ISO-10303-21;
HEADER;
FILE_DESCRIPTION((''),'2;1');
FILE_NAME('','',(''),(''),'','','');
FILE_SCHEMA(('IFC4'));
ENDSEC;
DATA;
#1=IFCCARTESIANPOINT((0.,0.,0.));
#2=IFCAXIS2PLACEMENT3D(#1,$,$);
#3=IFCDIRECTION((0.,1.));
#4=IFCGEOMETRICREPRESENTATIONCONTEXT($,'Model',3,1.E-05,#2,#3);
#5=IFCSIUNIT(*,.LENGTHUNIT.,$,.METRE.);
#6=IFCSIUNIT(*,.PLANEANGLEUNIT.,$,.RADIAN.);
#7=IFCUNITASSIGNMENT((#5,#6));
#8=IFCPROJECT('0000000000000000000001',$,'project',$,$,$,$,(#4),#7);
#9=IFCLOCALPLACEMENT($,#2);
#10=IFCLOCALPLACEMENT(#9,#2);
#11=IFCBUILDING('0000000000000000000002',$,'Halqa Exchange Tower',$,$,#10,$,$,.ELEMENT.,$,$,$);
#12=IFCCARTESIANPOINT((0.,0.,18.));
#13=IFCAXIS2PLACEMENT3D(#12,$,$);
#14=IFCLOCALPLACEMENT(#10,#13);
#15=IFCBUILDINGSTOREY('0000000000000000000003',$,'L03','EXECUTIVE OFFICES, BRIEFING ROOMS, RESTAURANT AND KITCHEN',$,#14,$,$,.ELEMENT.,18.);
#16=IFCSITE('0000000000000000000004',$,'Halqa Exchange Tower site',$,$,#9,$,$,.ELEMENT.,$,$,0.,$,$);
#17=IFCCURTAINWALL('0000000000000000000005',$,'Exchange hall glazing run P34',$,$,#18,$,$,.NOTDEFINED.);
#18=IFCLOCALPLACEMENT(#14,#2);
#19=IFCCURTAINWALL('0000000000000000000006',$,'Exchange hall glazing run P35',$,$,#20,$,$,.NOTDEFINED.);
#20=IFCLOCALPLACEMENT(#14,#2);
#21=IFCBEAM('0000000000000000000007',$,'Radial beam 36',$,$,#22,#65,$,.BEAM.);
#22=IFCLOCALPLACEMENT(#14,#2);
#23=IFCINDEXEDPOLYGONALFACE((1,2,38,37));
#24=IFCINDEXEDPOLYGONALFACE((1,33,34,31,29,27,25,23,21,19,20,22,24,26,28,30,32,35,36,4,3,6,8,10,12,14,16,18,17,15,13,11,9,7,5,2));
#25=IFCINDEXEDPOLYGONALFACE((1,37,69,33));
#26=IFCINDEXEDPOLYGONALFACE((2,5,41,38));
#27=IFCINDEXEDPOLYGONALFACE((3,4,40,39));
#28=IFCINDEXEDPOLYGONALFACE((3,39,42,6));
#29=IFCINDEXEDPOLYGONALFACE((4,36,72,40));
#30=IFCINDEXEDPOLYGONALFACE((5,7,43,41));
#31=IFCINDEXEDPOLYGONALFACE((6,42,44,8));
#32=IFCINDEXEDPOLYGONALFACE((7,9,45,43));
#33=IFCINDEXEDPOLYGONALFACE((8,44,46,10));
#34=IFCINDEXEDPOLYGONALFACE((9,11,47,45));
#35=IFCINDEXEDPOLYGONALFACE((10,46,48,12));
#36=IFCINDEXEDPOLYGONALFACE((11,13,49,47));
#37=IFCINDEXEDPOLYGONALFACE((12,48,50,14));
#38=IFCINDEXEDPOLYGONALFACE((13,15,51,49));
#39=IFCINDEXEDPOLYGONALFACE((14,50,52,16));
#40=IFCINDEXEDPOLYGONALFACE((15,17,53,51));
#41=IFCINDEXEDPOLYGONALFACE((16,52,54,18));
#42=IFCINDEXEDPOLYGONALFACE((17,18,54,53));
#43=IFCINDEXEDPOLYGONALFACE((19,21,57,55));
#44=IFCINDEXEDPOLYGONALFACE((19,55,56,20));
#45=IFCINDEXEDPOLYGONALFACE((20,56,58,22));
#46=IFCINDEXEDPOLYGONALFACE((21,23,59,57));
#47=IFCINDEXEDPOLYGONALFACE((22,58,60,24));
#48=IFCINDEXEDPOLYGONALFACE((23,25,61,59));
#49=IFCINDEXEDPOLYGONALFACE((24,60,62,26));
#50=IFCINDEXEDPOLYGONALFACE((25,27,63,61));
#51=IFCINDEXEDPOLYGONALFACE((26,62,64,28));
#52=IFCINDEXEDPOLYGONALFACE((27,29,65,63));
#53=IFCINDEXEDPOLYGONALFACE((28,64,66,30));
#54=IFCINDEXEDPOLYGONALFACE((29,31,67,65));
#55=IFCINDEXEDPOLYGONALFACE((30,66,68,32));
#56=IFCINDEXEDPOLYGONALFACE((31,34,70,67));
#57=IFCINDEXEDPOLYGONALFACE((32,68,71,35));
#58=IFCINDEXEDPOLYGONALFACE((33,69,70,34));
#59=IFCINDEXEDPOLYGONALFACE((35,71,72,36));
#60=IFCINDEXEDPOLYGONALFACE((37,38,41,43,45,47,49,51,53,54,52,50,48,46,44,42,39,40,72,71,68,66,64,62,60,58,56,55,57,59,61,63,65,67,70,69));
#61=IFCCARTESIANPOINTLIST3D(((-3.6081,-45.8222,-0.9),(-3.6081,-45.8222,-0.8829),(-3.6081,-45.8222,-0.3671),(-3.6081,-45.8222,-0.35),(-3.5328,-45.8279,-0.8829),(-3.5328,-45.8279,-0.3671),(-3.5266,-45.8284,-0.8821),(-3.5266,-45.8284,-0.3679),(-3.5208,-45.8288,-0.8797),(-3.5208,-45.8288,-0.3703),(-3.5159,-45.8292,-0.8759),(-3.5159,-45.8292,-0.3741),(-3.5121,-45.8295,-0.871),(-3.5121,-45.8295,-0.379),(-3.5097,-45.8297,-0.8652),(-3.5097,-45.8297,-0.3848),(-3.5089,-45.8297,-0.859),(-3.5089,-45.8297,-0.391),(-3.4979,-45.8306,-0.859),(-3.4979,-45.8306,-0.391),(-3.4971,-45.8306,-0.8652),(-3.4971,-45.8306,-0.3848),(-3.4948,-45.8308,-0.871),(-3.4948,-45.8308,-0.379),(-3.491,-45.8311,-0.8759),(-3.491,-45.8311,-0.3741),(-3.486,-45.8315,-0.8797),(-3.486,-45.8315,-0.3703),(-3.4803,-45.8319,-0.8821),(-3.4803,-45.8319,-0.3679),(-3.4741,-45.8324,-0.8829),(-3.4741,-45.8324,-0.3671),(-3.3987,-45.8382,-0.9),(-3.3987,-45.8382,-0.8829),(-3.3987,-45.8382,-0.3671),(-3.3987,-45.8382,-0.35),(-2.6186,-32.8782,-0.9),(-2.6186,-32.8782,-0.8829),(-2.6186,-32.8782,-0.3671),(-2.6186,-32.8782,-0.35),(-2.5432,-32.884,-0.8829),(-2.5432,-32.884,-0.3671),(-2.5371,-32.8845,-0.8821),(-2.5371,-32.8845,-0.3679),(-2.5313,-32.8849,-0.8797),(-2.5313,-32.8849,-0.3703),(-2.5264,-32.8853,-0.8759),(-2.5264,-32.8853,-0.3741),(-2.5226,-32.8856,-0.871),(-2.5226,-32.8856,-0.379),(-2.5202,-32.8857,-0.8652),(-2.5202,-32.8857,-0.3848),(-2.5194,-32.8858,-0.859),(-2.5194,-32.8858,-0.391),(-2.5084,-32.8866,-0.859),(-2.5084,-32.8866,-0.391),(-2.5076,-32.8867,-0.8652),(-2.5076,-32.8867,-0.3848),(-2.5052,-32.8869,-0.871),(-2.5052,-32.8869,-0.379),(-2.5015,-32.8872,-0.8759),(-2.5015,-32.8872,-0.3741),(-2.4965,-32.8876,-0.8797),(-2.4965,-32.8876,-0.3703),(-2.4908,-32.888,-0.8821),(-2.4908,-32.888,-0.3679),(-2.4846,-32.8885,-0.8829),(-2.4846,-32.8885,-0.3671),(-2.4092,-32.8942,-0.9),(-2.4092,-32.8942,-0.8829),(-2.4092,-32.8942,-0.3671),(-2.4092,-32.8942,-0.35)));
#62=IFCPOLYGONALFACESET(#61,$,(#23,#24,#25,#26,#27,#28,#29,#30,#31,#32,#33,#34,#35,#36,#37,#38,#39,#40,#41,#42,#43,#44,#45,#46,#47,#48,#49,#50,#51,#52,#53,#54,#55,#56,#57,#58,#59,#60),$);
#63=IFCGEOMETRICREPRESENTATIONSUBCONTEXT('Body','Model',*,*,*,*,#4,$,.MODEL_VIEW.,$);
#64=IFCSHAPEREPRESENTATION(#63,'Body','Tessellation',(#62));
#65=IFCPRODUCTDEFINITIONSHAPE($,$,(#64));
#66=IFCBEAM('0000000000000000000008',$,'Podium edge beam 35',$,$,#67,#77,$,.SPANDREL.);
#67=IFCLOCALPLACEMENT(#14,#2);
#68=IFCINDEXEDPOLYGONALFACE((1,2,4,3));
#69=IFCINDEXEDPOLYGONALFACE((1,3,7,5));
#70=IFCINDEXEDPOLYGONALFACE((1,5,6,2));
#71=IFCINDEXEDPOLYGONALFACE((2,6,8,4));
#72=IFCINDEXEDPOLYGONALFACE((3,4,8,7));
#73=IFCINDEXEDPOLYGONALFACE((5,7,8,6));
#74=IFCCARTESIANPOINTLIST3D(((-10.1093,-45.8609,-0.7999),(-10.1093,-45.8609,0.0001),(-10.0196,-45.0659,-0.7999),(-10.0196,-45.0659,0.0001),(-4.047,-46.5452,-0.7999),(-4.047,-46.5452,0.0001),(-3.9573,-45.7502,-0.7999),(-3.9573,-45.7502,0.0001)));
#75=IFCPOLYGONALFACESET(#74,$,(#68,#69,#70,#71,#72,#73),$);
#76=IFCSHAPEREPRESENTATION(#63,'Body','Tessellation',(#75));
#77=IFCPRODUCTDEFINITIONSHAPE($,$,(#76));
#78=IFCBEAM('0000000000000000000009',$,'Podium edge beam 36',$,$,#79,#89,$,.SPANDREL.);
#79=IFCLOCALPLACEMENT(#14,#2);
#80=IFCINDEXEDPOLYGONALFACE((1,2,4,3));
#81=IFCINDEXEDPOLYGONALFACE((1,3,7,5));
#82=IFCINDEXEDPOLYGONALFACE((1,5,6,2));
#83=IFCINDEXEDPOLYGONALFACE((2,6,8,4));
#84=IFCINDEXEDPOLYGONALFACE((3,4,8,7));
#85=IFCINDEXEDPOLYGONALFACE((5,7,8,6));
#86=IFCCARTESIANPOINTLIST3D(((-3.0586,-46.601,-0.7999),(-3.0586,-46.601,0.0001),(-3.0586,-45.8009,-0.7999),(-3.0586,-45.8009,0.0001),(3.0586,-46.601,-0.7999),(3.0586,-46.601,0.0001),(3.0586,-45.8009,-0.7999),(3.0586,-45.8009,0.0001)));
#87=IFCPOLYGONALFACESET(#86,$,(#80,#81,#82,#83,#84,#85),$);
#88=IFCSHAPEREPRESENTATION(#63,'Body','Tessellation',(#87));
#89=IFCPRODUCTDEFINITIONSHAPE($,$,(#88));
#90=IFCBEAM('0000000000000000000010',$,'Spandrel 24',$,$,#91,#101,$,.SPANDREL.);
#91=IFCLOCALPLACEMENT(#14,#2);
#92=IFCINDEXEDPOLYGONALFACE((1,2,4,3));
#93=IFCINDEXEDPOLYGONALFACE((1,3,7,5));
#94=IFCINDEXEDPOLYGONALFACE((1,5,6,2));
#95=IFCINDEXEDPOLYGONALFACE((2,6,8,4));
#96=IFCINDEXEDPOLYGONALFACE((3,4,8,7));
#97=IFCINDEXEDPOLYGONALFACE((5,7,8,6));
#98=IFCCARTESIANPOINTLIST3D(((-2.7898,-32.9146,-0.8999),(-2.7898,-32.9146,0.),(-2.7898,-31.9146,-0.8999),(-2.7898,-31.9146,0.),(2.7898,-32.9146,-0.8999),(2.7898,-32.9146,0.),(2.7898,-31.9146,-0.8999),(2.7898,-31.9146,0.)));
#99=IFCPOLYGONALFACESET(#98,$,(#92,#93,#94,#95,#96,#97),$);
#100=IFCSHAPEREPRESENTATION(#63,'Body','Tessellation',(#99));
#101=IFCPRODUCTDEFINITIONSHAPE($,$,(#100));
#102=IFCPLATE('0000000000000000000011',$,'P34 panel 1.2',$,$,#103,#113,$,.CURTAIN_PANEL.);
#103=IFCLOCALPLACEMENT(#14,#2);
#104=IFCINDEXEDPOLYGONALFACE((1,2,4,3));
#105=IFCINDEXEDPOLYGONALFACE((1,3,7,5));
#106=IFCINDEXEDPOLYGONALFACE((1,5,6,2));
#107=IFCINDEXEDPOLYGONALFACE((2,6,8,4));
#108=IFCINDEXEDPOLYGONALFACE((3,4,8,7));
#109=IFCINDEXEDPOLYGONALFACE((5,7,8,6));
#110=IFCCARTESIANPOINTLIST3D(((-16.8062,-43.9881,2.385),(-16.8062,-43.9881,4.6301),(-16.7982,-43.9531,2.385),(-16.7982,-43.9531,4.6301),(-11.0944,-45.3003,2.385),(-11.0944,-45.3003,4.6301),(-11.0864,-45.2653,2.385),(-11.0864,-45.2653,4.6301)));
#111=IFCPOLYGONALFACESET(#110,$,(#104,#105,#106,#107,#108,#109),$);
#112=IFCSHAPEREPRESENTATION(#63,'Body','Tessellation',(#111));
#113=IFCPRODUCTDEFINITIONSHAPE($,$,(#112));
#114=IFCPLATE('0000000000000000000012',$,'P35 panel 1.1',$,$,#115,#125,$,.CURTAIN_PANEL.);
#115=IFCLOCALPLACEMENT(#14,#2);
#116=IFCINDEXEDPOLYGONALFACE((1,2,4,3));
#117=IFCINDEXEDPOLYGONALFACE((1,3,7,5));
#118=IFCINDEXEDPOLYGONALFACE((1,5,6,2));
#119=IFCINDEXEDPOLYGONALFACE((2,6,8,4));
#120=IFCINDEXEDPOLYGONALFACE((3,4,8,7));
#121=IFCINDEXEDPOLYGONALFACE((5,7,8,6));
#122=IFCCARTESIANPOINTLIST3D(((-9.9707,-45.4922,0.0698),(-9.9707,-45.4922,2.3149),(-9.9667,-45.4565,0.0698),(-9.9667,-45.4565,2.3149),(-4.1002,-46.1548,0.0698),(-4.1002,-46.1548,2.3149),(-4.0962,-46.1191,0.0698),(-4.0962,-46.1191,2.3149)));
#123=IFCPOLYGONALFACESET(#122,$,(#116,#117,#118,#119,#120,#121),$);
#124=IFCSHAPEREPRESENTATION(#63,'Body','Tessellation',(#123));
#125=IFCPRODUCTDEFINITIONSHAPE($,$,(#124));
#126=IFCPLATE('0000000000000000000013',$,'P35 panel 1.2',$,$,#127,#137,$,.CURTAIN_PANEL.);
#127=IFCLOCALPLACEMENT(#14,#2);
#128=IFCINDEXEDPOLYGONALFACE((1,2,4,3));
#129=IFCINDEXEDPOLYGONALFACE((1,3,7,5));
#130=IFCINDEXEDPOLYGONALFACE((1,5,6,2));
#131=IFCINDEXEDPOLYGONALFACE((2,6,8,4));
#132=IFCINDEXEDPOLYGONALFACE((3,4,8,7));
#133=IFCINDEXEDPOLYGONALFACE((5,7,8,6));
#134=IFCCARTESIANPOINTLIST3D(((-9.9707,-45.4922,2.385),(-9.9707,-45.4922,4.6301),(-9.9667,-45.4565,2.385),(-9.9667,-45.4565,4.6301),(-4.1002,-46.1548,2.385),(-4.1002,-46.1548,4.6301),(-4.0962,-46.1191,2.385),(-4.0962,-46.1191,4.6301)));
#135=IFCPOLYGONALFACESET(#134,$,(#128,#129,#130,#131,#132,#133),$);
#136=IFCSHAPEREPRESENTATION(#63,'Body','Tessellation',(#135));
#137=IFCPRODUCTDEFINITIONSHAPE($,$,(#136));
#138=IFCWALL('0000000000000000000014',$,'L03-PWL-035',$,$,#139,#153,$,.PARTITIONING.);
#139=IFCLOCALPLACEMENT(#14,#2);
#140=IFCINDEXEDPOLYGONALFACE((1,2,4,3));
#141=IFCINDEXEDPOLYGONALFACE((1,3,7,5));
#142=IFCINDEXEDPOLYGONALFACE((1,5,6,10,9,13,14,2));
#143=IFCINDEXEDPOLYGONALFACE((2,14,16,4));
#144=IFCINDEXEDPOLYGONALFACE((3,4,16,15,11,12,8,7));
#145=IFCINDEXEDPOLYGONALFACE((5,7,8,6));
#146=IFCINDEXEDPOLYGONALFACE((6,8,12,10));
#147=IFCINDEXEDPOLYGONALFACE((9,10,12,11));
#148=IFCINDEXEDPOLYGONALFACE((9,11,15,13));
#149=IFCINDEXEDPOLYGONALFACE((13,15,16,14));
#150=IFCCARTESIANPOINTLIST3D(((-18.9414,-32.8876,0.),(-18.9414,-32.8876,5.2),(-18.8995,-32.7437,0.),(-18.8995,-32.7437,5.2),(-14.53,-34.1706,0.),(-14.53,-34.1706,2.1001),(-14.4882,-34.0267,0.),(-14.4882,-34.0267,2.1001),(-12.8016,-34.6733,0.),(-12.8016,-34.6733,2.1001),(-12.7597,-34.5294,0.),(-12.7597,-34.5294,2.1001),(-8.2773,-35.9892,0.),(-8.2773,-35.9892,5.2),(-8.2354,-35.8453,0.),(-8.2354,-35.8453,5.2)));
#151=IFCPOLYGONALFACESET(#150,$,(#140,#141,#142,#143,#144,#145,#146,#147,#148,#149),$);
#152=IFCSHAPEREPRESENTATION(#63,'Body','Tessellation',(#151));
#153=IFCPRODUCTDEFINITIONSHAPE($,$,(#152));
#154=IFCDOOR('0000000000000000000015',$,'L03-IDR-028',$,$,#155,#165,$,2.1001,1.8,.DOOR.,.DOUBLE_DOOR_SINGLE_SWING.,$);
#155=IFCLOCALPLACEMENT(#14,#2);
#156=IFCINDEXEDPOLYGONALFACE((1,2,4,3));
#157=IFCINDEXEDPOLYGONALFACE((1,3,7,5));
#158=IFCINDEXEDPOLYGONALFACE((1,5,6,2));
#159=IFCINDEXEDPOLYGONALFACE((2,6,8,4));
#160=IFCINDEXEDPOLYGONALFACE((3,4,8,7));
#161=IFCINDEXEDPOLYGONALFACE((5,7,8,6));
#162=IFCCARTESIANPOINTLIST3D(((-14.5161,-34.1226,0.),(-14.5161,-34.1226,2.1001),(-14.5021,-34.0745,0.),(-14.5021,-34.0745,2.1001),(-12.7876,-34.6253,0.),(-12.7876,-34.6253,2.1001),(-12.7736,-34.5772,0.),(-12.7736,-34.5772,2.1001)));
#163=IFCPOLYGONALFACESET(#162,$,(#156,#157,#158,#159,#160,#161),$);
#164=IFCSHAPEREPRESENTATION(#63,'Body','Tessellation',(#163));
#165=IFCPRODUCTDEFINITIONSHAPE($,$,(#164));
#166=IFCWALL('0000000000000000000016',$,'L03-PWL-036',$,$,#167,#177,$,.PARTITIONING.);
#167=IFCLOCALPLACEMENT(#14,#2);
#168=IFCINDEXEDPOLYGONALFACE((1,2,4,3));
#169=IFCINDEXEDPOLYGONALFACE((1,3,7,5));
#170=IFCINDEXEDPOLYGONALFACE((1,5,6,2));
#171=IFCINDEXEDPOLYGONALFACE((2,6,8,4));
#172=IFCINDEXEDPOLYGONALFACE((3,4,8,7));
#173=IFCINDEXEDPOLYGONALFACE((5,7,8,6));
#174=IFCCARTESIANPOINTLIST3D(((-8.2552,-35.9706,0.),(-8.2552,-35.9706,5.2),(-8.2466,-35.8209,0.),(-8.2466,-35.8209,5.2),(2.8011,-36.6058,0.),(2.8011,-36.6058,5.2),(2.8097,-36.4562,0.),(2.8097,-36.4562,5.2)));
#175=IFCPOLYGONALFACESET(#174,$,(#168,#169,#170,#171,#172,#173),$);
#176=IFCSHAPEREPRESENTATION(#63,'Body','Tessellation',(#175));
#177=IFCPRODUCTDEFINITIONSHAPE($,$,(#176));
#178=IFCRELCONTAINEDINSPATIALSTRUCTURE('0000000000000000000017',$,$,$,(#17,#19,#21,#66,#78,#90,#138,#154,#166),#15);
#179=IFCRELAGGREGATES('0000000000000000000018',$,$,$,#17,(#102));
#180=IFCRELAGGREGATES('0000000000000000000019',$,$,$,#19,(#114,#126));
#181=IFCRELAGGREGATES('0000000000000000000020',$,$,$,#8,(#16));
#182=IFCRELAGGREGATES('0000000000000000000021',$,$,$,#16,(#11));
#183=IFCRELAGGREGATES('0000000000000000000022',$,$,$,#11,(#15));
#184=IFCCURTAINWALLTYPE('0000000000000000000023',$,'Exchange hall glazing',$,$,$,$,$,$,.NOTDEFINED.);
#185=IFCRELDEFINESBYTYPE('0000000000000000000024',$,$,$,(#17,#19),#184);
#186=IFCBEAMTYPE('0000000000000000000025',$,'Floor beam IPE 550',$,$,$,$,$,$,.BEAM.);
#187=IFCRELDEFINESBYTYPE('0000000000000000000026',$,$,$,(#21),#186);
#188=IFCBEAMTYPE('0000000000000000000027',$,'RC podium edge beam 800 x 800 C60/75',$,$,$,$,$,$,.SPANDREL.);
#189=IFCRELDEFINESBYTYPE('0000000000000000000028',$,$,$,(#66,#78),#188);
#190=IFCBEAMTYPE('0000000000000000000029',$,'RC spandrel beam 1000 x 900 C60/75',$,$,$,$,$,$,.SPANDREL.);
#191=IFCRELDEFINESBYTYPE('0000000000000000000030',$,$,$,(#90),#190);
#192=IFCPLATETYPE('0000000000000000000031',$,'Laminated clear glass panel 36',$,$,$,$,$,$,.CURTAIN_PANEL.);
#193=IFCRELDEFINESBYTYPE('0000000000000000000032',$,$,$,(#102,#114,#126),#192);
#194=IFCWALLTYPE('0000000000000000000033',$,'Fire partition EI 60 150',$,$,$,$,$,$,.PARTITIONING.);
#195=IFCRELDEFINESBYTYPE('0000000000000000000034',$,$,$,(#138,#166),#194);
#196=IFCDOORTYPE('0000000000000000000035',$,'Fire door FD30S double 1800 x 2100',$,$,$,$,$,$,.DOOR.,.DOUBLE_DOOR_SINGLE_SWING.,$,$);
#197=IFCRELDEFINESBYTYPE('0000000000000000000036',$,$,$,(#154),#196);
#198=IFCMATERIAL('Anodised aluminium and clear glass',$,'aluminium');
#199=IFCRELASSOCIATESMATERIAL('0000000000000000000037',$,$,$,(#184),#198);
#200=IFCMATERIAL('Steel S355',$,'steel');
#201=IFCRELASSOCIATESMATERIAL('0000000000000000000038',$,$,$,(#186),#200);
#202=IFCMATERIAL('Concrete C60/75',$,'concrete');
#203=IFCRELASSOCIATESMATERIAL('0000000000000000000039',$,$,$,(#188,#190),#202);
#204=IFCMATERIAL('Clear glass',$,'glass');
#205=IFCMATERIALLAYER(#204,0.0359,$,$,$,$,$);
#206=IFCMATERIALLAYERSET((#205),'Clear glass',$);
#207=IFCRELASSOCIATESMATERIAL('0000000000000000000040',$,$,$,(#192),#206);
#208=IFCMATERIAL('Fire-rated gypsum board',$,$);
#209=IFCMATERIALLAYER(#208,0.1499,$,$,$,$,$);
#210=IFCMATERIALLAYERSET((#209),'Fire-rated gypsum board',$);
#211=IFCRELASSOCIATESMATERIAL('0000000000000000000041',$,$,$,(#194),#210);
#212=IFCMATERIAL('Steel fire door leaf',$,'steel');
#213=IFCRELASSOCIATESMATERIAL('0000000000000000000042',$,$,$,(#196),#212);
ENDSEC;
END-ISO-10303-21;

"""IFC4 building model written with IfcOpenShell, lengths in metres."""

from ifc_helpers import new_model, si_unit, direction, frame, frame_2d, origin, origin_2d, place, context, subcontext, project, spatial, rectangle, i_section, extrude, material, layer, layer_set, material_profile, profile_set, type_object, element, fill, aggregate, save


model = new_model("IFC4")

# Units and contexts
model_context = context("Model", 3, precision=1e-05, world=origin(), true_north=direction((0.0, 1.0)))
body_context = subcontext(model_context, "Body", "Model", "MODEL_VIEW")
ifc_project = project(units=[si_unit("LENGTHUNIT", "METRE"), si_unit("PLANEANGLEUNIT", "RADIAN")], contexts=[model_context])

# Site, building, storey
site_placement = place(None, origin())
site = spatial("IfcSite", under=ifc_project, at=site_placement, Name="Halqa Exchange Tower site", CompositionType="ELEMENT", RefElevation=0.0)
building_placement = place(site_placement, origin())
building = spatial("IfcBuilding", under=site, at=building_placement, Name="Halqa Exchange Tower", CompositionType="ELEMENT")
storey_placement = place(building_placement, frame((0.0, 0.0, 18.0)))
storey = spatial("IfcBuildingStorey", under=building, at=storey_placement, Name="L03", Description="EXECUTIVE OFFICES, BRIEFING ROOMS, RESTAURANT AND KITCHEN", CompositionType="ELEMENT", Elevation=18.0)

# Shared definitions
ifc_material_1 = material(Name="Concrete C60/75", Category="concrete")

# Curtain wall
ifc_material_2 = material(Name="Anodised aluminium and clear glass", Category="aluminium")
curtain_wall_type = type_object("IfcCurtainWallType", Name="Exchange hall glazing", PredefinedType="NOTDEFINED", material=ifc_material_2)
curtain_wall_1_placement = place(storey_placement, origin())
curtain_wall_1 = element("IfcCurtainWall", 1, at=curtain_wall_1_placement, inside=storey, type_object=curtain_wall_type, Name="Exchange hall glazing run P34", PredefinedType="NOTDEFINED")

# Curtain wall
curtain_wall_2_placement = place(storey_placement, origin())
curtain_wall_2 = element("IfcCurtainWall", 2, at=curtain_wall_2_placement, inside=storey, type_object=curtain_wall_type, Name="Exchange hall glazing run P35", PredefinedType="NOTDEFINED")

# Beams
ifc_material_3 = material(Name="Steel S355", Category="steel")
ifc_material_profile_1 = material_profile(ifc_material_3, i_section(OverallWidth=0.21, OverallDepth=0.55, WebThickness=0.011, FlangeThickness=0.0171, FilletRadius=0.0239, at=origin_2d()), Name="IPE 550")
ifc_profile_set_1 = profile_set([ifc_material_profile_1], Name="Steel S355")
beam_type_1 = type_object("IfcBeamType", Name="Floor beam IPE 550", PredefinedType="BEAM", material=ifc_profile_set_1)
beam_1_placement = place(storey_placement, frame((-2.5139, -32.8862, -0.625), z_axis=(-0.076223, -0.997091, 0.0), x_axis=(0.997091, -0.076223, 0.0)))
element("IfcBeam", 3, at=beam_1_placement, inside=storey, type_object=beam_type_1, Name="Radial beam 36", PredefinedType="BEAM", context=body_context, shape_type="SweptSolid", body=[
    extrude(i_section(OverallWidth=0.21, OverallDepth=0.55, WebThickness=0.011, FlangeThickness=0.0171, FilletRadius=0.0239, at=origin_2d()), origin(), (0.0, 0.0, 1.0), 12.9817),
])
ifc_material_profile_2 = material_profile(ifc_material_1, rectangle(XDim=0.8, YDim=0.8, at=origin_2d()), Name="800 x 800")
ifc_profile_set_2 = profile_set([ifc_material_profile_2], Name="Concrete C60/75")
beam_type_2 = type_object("IfcBeamType", Name="RC podium edge beam 800 x 800 C60/75", PredefinedType="SPANDREL", material=ifc_profile_set_2)
beam_2_placement = place(storey_placement, frame((-10.0645, -45.4634, -0.3999), z_axis=(0.993689, -0.112171, 0.0), x_axis=(0.112171, 0.993689, 0.0)))
element("IfcBeam", 4, at=beam_2_placement, inside=storey, type_object=beam_type_2, Name="Podium edge beam 35", PredefinedType="SPANDREL", context=body_context, shape_type="SweptSolid", body=[
    extrude(rectangle(XDim=0.8, YDim=0.8, at=origin_2d()), origin(), (0.0, 0.0, 1.0), 6.1008),
])
beam_3_placement = place(storey_placement, frame((-3.0586, -46.2009, -0.3999), z_axis=(1.0, 0.0, 0.0), x_axis=(0.0, 1.0, 0.0)))
element("IfcBeam", 5, at=beam_3_placement, inside=storey, type_object=beam_type_2, Name="Podium edge beam 36", PredefinedType="SPANDREL", context=body_context, shape_type="SweptSolid", body=[
    extrude(rectangle(XDim=0.8, YDim=0.8, at=origin_2d()), origin(), (0.0, 0.0, 1.0), 6.1172),
])
ifc_material_profile_3 = material_profile(ifc_material_1, rectangle(XDim=1.0, YDim=0.8999, at=origin_2d()), Name="1000 x 900")
ifc_profile_set_3 = profile_set([ifc_material_profile_3], Name="Concrete C60/75")
beam_type_3 = type_object("IfcBeamType", Name="RC spandrel beam 1000 x 900 C60/75", PredefinedType="SPANDREL", material=ifc_profile_set_3)
beam_4_placement = place(storey_placement, frame((-2.7898, -32.4146, -0.45), z_axis=(1.0, 0.0, 0.0), x_axis=(0.0, 1.0, 0.0)))
element("IfcBeam", 6, at=beam_4_placement, inside=storey, type_object=beam_type_3, Name="Spandrel 24", PredefinedType="SPANDREL", context=body_context, shape_type="SweptSolid", body=[
    extrude(rectangle(XDim=1.0, YDim=0.8999, at=origin_2d()), origin(), (0.0, 0.0, 1.0), 5.5796),
])

# Plates
ifc_material_4 = material(Name="Clear glass", Category="glass")
ifc_layer_1 = layer(ifc_material_4, 0.0359)
ifc_layer_set_1 = layer_set([ifc_layer_1], Name="Clear glass")
plate_type = type_object("IfcPlateType", Name="Laminated clear glass panel 36", PredefinedType="CURTAIN_PANEL", material=ifc_layer_set_1)
plate_1_placement = place(storey_placement, frame((-13.9463, -44.6267, 2.385), z_axis=(0.0, 0.0, 1.0), x_axis=(0.974613, -0.223897, 0.0)))
plate_1 = element("IfcPlate", 7, at=plate_1_placement, type_object=plate_type, Name="P34 panel 1.2", PredefinedType="CURTAIN_PANEL", context=body_context, shape_type="SweptSolid", body=[
    extrude(rectangle(XDim=5.8606, YDim=0.0359, at=origin_2d()), origin(), (0.0, 0.0, 1.0), 2.2451),
])
aggregate(curtain_wall_1, [plate_1])
plate_2_placement = place(storey_placement, frame((-7.0334, -45.8057, 0.0698), z_axis=(0.0, 0.0, 1.0), x_axis=(0.99369, -0.112159, 0.0)))
plate_2 = element("IfcPlate", 8, at=plate_2_placement, type_object=plate_type, Name="P35 panel 1.1", PredefinedType="CURTAIN_PANEL", context=body_context, shape_type="SweptSolid", body=[
    extrude(rectangle(XDim=5.9077, YDim=0.0359, at=origin_2d()), origin(), (0.0, 0.0, 1.0), 2.2451),
])
plate_3_placement = place(storey_placement, frame((-7.0334, -45.8057, 2.385), z_axis=(0.0, 0.0, 1.0), x_axis=(0.99369, -0.112159, 0.0)))
plate_3 = element("IfcPlate", 9, at=plate_3_placement, type_object=plate_type, Name="P35 panel 1.2", PredefinedType="CURTAIN_PANEL", context=body_context, shape_type="SweptSolid", body=[
    extrude(rectangle(XDim=5.9077, YDim=0.0359, at=origin_2d()), origin(), (0.0, 0.0, 1.0), 2.2451),
])
aggregate(curtain_wall_2, [plate_2, plate_3])

# Wall, opening, door
ifc_material_5 = material(Name="Fire-rated gypsum board")
ifc_layer_2 = layer(ifc_material_5, 0.1499)
ifc_layer_set_2 = layer_set([ifc_layer_2], Name="Fire-rated gypsum board")
wall_type_1 = type_object("IfcWallType", Name="Fire partition EI 60 150", PredefinedType="PARTITIONING", material=ifc_layer_set_2)
wall_1_placement = place(storey_placement, frame((-8.2563, -35.9172, 0.0), z_axis=(0.0, 0.0, 1.0), x_axis=(-0.960212, 0.279271, 0.0)))
wall_1 = element("IfcWall", 10, at=wall_1_placement, inside=storey, type_object=wall_type_1, Name="L03-PWL-035", PredefinedType="PARTITIONING", context=body_context, shape_type="SweptSolid", body=[
    extrude(rectangle(XDim=11.106, YDim=0.1499, at=frame_2d((5.553, 0.0))), origin(), (0.0, 0.0, 1.0), 5.2),
])
opening_placement = place(wall_1_placement, frame((4.7119, 0.0, 0.0)))
opening = element("IfcOpeningElement", 11, at=opening_placement, cuts=wall_1, PredefinedType="OPENING", context=body_context, shape_type="SweptSolid", body=[
    extrude(rectangle(XDim=1.8, YDim=2.1001, at=frame_2d((0.8999, 1.05))), frame((0.0, 0.0869, 0.0), z_axis=(0.0, -1.0, 0.0), x_axis=(1.0, 0.0, 0.0)), (0.0, 0.0, 1.0), 0.1738),
])
ifc_material_6 = material(Name="Steel fire door leaf", Category="steel")
door_type = type_object("IfcDoorType", Name="Fire door FD30S double 1800 x 2100", OperationType="DOUBLE_DOOR_SINGLE_SWING", PredefinedType="DOOR", material=ifc_material_6)
door_placement = place(opening_placement, origin())
door = element("IfcDoor", 12, at=door_placement, inside=storey, type_object=door_type, Name="L03-IDR-028", OperationType="DOUBLE_DOOR_SINGLE_SWING", OverallHeight=2.1001, OverallWidth=1.8, PredefinedType="DOOR", context=body_context, shape_type="SweptSolid", body=[
    extrude(rectangle(XDim=1.8, YDim=2.1001, at=frame_2d((0.8999, 1.05))), frame((0.0, 0.0249, 0.0), z_axis=(0.0, -1.0, 0.0), x_axis=(1.0, 0.0, 0.0)), (0.0, 0.0, 1.0), 0.05),
])
fill(opening, door)

# Wall
wall_2_placement = place(storey_placement, frame((-8.2507, -35.8958, 0.0), z_axis=(0.0, 0.0, 1.0), x_axis=(0.998353, -0.057362, 0.0)))
element("IfcWall", 13, at=wall_2_placement, inside=storey, type_object=wall_type_1, Name="L03-PWL-036", PredefinedType="PARTITIONING", context=body_context, shape_type="SweptSolid", body=[
    extrude(rectangle(XDim=11.0745, YDim=0.1499, at=frame_2d((5.5371, 0.0))), origin(), (0.0, 0.0, 1.0), 5.2),
])

save(model, "model.ifc")
